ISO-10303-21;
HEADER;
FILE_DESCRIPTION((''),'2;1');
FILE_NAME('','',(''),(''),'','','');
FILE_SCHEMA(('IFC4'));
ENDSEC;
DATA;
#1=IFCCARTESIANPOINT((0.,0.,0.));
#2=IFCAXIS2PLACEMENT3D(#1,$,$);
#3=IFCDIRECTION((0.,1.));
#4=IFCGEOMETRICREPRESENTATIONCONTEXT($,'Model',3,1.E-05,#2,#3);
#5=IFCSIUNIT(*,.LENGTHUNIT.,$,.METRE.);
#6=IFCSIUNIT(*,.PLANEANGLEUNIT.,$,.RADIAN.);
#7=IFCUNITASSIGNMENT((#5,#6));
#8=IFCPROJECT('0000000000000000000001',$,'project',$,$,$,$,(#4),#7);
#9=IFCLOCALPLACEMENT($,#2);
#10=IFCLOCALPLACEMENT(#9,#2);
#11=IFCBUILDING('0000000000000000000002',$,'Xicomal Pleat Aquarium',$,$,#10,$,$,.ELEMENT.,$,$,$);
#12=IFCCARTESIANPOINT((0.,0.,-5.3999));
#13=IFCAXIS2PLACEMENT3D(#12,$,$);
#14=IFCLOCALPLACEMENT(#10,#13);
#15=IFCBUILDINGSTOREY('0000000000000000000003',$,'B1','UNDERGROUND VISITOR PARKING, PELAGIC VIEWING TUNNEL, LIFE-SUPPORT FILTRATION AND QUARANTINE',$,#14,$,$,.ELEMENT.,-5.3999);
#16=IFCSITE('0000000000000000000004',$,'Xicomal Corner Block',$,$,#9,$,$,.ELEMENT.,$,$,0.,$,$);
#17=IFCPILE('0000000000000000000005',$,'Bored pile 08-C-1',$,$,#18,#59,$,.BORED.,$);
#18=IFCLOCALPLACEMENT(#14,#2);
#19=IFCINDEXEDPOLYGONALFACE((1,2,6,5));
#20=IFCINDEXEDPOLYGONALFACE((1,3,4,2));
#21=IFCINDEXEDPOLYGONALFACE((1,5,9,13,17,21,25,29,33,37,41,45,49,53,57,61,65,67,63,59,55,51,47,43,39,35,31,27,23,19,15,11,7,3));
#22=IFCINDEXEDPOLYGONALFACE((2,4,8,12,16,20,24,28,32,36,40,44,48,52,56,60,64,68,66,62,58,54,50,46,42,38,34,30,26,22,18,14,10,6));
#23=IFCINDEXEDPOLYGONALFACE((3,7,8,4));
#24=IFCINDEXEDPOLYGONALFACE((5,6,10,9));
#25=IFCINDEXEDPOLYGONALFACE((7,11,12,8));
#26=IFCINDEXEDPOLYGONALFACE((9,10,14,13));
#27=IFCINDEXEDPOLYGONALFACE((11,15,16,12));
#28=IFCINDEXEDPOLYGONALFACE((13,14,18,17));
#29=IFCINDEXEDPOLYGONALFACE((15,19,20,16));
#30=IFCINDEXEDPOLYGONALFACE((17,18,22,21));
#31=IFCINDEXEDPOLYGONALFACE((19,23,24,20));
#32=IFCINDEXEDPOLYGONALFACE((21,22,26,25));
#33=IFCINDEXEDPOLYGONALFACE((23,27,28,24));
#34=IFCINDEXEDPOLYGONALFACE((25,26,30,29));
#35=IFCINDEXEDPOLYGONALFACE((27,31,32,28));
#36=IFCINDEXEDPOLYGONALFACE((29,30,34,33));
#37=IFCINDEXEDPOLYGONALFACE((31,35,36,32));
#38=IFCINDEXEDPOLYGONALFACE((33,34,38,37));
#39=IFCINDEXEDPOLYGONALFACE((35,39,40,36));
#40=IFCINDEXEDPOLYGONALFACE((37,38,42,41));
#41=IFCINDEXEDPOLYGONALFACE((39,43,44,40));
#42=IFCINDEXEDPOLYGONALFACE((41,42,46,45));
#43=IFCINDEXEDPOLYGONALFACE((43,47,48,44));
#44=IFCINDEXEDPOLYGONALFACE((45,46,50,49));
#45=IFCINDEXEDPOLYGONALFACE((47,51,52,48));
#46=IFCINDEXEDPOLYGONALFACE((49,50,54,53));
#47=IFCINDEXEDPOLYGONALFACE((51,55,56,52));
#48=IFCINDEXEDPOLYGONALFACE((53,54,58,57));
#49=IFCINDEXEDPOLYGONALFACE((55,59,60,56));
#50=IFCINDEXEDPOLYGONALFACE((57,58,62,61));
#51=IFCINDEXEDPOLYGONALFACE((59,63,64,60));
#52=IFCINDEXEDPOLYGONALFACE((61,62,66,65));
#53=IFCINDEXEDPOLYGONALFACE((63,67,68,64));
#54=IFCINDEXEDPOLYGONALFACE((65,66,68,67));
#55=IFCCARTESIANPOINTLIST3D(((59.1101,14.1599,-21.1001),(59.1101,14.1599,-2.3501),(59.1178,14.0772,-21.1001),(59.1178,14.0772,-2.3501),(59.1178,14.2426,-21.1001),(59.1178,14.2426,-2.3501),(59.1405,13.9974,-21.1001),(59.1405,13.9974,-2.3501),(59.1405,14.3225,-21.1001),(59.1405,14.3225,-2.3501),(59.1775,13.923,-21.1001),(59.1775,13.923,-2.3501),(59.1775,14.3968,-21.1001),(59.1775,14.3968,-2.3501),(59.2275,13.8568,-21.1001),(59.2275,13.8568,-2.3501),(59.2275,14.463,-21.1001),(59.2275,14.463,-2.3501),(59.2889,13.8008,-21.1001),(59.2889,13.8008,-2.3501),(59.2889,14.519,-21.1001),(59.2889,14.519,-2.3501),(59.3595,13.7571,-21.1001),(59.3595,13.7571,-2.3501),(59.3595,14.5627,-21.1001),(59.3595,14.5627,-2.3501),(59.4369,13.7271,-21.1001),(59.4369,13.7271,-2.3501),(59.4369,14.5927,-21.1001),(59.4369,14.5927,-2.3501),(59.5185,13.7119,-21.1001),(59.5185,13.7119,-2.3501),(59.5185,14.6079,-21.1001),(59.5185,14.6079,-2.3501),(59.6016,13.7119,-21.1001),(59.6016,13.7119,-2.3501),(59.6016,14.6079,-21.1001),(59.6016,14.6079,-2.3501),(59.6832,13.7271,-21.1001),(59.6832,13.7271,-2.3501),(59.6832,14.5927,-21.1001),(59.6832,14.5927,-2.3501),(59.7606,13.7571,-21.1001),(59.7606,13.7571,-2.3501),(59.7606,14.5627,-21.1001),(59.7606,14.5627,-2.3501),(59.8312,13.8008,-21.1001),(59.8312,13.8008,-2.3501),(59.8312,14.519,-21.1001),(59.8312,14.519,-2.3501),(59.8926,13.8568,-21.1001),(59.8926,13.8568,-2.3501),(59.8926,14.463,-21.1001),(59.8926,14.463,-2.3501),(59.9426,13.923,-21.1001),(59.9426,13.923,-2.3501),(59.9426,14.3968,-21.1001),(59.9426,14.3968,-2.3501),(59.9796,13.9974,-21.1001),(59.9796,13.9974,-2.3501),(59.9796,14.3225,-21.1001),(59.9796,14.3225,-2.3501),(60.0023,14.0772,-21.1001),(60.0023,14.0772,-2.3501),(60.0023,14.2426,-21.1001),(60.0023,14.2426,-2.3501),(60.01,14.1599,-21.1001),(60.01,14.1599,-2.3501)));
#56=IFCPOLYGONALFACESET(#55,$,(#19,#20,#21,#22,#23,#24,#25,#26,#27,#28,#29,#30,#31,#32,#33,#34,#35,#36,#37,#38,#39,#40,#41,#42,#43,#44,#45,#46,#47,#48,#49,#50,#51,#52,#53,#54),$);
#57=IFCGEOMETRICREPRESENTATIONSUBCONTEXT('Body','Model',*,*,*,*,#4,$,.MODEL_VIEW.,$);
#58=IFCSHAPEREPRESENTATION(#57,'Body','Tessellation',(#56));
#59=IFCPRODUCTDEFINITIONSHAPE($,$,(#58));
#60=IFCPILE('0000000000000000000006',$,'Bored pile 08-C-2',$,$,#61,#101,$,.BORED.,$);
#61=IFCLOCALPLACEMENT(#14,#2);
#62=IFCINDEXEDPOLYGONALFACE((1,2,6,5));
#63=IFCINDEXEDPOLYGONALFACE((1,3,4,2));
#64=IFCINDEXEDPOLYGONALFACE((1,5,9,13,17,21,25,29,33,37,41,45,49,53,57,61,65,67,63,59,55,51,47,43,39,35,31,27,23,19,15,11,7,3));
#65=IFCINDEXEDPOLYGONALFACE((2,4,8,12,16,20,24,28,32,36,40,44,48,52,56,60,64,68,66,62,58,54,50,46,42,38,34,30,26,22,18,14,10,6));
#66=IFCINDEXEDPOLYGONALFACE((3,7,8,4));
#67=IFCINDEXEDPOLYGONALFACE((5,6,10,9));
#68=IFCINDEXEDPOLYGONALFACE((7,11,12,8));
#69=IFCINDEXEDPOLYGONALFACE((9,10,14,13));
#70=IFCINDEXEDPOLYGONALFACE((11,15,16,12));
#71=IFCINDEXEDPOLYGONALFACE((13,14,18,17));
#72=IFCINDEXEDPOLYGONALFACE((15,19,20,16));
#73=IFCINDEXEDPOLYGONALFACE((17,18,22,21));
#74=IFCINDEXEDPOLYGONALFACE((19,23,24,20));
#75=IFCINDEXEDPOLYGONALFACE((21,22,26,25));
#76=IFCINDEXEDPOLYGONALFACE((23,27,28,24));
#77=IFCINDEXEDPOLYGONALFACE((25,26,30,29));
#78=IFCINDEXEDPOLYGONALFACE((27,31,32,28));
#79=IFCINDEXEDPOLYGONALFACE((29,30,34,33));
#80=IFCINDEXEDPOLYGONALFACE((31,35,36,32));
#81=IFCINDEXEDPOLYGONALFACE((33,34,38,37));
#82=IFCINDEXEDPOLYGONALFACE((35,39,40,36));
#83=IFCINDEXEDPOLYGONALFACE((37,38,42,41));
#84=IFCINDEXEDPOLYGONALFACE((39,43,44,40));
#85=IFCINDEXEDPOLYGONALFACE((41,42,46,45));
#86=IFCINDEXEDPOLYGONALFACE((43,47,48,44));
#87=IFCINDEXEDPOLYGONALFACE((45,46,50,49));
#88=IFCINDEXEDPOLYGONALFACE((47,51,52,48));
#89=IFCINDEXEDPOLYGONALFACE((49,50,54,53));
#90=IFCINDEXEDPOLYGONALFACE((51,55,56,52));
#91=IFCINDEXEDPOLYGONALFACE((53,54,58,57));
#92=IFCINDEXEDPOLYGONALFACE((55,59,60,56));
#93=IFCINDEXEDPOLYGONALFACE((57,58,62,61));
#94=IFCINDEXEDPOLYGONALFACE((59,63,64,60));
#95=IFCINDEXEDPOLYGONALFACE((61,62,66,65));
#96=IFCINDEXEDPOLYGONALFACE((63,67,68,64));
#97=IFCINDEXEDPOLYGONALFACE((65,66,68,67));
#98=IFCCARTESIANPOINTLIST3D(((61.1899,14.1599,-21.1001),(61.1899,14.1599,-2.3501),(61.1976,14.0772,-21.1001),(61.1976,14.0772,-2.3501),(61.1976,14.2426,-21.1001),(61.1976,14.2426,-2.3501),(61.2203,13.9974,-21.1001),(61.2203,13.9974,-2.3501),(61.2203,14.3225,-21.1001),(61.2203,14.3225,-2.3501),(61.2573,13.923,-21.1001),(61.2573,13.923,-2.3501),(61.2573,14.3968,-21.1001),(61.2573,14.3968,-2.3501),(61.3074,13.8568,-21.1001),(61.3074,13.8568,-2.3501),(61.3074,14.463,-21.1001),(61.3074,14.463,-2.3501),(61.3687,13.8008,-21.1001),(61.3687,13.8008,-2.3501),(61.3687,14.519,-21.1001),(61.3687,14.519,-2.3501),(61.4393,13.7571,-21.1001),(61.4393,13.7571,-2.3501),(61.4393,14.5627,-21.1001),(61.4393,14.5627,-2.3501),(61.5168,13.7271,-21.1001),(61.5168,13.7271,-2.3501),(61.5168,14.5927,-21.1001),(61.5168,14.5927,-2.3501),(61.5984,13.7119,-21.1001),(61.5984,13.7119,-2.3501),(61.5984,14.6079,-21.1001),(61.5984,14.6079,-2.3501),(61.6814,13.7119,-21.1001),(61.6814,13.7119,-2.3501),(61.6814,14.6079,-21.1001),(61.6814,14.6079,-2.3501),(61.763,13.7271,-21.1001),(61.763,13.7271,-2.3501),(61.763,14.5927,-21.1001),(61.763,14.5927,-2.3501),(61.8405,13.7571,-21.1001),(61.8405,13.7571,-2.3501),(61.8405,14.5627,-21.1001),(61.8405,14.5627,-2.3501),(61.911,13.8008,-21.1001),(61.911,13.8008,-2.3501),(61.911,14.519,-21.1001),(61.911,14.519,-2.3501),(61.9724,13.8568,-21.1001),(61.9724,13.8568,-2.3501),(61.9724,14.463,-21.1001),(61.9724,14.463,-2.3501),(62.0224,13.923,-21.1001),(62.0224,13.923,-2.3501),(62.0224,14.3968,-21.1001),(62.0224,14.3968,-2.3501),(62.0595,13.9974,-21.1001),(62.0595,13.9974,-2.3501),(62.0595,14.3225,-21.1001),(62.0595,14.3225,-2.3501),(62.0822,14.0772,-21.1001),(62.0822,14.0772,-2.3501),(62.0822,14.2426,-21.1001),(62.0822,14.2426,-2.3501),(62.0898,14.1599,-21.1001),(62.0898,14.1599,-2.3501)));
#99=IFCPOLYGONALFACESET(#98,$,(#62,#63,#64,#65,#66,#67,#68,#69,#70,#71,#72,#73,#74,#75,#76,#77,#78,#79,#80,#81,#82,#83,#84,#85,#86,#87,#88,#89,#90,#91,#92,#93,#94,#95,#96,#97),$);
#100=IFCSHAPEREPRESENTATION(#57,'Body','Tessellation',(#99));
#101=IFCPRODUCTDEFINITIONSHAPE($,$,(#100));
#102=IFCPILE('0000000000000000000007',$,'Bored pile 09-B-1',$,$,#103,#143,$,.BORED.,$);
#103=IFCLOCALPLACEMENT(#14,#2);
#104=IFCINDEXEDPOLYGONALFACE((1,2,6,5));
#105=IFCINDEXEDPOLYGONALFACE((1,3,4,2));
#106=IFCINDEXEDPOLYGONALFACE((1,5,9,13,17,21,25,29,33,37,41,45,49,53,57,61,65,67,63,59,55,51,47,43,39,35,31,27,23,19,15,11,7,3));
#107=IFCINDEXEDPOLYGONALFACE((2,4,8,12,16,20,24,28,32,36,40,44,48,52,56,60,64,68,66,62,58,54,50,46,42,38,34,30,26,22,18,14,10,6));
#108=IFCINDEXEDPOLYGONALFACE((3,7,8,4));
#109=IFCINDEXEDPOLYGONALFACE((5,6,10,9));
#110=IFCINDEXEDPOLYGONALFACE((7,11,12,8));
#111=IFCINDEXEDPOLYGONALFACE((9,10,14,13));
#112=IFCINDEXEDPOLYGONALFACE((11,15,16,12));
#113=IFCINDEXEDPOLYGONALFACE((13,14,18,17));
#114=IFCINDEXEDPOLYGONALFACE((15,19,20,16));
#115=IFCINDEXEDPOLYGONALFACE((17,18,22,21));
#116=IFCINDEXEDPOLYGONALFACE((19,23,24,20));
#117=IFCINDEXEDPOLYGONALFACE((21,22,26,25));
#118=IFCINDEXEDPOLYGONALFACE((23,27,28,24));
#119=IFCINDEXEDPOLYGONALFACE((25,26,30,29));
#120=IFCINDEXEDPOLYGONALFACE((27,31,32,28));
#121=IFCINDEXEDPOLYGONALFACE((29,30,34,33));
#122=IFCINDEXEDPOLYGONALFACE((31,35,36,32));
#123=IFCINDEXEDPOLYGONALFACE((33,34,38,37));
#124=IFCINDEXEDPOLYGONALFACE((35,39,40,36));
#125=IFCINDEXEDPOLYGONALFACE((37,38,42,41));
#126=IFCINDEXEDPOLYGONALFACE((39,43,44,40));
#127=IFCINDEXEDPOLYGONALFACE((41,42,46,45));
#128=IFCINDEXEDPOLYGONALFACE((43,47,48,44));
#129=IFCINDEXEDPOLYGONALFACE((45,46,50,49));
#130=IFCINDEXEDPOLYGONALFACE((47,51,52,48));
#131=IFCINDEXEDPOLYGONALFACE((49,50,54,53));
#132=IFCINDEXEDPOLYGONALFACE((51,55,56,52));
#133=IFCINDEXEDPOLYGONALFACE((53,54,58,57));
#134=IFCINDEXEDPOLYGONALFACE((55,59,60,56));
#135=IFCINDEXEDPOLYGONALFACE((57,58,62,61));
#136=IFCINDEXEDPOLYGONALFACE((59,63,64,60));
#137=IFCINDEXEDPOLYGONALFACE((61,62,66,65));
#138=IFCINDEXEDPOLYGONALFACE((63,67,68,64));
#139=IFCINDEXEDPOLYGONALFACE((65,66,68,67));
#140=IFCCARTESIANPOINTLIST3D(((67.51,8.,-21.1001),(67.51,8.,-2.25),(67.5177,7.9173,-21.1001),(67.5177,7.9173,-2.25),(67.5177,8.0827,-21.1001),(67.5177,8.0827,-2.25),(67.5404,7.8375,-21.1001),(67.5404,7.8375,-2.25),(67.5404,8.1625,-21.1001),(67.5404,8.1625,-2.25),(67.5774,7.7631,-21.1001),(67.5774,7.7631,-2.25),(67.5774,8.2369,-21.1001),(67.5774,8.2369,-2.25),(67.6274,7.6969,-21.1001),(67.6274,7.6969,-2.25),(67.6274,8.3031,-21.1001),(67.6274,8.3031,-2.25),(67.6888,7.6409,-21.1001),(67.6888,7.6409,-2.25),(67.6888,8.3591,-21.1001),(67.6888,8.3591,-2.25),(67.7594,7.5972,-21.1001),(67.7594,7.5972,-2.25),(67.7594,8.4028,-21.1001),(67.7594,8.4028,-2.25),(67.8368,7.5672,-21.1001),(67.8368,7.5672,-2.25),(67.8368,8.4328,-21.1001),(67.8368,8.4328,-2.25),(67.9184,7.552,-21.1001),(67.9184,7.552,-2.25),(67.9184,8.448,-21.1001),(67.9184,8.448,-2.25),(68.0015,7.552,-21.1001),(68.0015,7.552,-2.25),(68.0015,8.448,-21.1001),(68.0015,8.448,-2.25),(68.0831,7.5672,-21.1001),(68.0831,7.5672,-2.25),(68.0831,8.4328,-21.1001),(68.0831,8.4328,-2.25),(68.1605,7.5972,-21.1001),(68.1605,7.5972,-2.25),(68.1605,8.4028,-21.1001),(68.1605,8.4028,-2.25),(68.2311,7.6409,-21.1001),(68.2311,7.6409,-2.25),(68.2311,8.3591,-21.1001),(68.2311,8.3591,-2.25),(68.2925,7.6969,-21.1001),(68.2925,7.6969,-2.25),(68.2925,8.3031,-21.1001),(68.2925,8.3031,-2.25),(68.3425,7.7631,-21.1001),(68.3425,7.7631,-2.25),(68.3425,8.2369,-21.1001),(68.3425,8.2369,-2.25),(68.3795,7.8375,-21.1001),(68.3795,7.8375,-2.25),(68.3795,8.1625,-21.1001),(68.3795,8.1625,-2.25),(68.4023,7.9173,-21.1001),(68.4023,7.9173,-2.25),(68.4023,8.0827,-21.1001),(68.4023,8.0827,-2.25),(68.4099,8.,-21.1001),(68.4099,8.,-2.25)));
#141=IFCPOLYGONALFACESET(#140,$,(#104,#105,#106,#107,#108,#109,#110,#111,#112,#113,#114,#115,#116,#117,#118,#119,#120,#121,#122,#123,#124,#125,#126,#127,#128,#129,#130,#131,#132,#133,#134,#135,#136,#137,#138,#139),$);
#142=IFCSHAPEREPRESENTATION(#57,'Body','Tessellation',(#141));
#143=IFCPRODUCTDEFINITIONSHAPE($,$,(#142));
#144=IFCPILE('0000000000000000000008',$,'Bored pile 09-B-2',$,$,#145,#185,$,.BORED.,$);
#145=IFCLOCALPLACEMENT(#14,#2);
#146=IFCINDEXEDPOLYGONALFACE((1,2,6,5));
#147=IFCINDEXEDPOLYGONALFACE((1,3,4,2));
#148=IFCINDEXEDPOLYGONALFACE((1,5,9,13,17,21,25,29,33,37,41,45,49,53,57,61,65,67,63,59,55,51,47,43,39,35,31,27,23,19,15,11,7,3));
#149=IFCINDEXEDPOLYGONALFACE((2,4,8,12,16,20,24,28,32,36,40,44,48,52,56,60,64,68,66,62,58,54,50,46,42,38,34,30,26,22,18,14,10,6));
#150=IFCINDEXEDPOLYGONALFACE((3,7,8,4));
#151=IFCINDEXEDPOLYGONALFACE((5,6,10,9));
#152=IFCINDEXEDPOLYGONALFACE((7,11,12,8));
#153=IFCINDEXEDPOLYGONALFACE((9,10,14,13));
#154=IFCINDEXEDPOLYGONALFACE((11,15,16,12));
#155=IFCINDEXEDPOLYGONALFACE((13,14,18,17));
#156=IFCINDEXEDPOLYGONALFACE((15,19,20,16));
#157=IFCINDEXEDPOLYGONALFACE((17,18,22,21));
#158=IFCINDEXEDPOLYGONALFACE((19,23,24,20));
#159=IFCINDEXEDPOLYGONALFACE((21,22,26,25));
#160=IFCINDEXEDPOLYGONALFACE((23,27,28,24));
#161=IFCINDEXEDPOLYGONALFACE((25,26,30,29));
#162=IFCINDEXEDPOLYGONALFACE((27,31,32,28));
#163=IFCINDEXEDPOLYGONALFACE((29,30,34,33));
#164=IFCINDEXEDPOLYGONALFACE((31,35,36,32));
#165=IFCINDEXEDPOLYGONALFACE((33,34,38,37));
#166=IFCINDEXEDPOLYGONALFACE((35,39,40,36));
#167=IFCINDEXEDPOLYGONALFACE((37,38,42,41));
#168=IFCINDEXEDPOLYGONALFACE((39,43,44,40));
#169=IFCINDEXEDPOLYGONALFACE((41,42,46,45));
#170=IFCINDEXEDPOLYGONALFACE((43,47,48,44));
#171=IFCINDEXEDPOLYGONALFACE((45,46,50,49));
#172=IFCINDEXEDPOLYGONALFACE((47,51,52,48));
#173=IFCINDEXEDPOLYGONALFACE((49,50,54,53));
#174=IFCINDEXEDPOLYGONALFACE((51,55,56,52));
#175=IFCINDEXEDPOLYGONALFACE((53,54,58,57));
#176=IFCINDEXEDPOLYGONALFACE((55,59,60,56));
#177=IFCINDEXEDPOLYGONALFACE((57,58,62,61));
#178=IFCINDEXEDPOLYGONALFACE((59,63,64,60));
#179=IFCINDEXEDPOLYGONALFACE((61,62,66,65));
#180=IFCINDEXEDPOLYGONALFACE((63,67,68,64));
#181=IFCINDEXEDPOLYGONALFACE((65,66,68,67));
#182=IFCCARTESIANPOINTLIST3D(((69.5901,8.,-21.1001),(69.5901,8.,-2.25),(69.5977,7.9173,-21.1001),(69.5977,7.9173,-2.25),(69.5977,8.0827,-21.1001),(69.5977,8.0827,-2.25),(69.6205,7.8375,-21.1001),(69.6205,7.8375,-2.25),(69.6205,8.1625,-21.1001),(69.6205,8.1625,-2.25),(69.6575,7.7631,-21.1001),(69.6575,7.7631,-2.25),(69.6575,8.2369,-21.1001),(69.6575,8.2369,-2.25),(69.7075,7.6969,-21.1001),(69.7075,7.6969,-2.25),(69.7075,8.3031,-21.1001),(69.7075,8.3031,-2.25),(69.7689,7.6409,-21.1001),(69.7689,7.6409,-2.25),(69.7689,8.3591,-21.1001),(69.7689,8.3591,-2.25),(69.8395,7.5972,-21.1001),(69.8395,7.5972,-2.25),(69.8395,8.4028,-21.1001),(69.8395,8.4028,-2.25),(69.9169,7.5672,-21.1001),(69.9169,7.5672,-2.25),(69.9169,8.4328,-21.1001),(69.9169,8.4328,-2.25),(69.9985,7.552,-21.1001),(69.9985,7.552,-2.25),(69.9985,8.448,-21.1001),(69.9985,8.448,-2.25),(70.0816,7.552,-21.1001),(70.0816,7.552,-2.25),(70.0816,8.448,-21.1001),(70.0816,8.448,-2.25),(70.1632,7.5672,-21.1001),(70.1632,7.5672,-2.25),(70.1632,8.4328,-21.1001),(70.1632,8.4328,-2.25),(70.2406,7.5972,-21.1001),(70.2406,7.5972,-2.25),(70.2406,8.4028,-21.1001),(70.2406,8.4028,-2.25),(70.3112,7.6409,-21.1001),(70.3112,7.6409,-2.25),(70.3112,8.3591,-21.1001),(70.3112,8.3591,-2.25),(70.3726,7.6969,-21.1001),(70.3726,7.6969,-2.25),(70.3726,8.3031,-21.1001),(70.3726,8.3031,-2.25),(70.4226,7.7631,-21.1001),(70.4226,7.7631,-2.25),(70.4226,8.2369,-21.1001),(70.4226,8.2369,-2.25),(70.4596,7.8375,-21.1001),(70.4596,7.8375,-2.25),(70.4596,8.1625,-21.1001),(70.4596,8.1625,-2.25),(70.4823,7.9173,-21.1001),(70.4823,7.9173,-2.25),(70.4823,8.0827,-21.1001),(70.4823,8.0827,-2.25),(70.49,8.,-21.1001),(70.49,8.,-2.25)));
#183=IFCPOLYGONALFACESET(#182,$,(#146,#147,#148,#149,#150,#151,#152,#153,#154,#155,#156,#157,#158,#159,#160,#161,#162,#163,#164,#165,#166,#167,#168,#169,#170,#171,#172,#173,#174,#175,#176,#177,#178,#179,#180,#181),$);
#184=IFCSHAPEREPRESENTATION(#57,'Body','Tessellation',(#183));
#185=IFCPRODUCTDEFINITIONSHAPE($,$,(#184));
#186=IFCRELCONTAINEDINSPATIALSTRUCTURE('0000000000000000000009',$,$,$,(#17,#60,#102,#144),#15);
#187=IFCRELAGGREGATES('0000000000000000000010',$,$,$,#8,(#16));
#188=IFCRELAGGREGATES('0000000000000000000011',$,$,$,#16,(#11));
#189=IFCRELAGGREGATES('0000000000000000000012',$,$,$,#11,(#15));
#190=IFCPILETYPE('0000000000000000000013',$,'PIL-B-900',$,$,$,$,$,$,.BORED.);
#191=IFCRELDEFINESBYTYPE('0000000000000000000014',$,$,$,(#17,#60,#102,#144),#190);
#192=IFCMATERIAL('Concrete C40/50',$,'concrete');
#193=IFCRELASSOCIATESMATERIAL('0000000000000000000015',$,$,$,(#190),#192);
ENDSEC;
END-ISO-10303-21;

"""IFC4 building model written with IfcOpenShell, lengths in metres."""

from ifc_helpers import new_model, si_unit, direction, frame, origin, origin_2d, place, context, subcontext, project, spatial, circle, extrude, material, material_profile, profile_set, type_object, element, save


model = new_model("IFC4")

# Units and contexts
model_context = context("Model", 3, precision=1e-05, world=origin(), true_north=direction((0.0, 1.0)))
body_context = subcontext(model_context, "Body", "Model", "MODEL_VIEW")
ifc_project = project(units=[si_unit("LENGTHUNIT", "METRE"), si_unit("PLANEANGLEUNIT", "RADIAN")], contexts=[model_context])

# Site, building, storey
site_placement = place(None, origin())
site = spatial("IfcSite", under=ifc_project, at=site_placement, Name="Xicomal Corner Block", CompositionType="ELEMENT", RefElevation=0.0)
building_placement = place(site_placement, origin())
building = spatial("IfcBuilding", under=site, at=building_placement, Name="Xicomal Pleat Aquarium", CompositionType="ELEMENT")
storey_placement = place(building_placement, frame((0.0, 0.0, -5.3999)))
storey = spatial("IfcBuildingStorey", under=building, at=storey_placement, Name="B1", Description="UNDERGROUND VISITOR PARKING, PELAGIC VIEWING TUNNEL, LIFE-SUPPORT FILTRATION AND QUARANTINE", CompositionType="ELEMENT", Elevation=-5.3999)

# Piles
ifc_material_1 = material(Name="Concrete C40/50", Category="concrete")
ifc_material_profile_1 = material_profile(ifc_material_1, circle(Radius=0.45, at=origin_2d()), Name="BORED PILE D900")
ifc_profile_set_1 = profile_set([ifc_material_profile_1], Name="Concrete C40/50")
pile_type_1 = type_object("IfcPileType", Name="PIL-B-900", PredefinedType="BORED", material=ifc_profile_set_1)
for number, where, z_axis, x_axis, name in (
    (1, (59.5601, 14.1599, -2.3501), (0.0, 0.0, -1.0), (1.0, 0.0, 0.0), "Bored pile 08-C-1"),
    (2, (61.6399, 14.1599, -2.3501), (0.0, 0.0, -1.0), (1.0, 0.0, 0.0), "Bored pile 08-C-2"),
):
    element("IfcPile", number, at=place(storey_placement, frame(where, z_axis=z_axis, x_axis=x_axis)), inside=storey, type_object=pile_type_1, Name=name, PredefinedType="BORED", context=body_context, shape_type="SweptSolid", body=[
        extrude(circle(Radius=0.45, at=origin_2d()), origin(), (0.0, 0.0, 1.0), 18.75),
    ])
for number, where, z_axis, x_axis, name in (
    (3, (67.96, 8.0, -2.25), (0.0, 0.0, -1.0), (1.0, 0.0, 0.0), "Bored pile 09-B-1"),
    (4, (70.04, 8.0, -2.25), (0.0, 0.0, -1.0), (1.0, 0.0, 0.0), "Bored pile 09-B-2"),
):
    element("IfcPile", number, at=place(storey_placement, frame(where, z_axis=z_axis, x_axis=x_axis)), inside=storey, type_object=pile_type_1, Name=name, PredefinedType="BORED", context=body_context, shape_type="SweptSolid", body=[
        extrude(circle(Radius=0.45, at=origin_2d()), origin(), (0.0, 0.0, 1.0), 18.8501),
    ])

save(model, "model.ifc")
